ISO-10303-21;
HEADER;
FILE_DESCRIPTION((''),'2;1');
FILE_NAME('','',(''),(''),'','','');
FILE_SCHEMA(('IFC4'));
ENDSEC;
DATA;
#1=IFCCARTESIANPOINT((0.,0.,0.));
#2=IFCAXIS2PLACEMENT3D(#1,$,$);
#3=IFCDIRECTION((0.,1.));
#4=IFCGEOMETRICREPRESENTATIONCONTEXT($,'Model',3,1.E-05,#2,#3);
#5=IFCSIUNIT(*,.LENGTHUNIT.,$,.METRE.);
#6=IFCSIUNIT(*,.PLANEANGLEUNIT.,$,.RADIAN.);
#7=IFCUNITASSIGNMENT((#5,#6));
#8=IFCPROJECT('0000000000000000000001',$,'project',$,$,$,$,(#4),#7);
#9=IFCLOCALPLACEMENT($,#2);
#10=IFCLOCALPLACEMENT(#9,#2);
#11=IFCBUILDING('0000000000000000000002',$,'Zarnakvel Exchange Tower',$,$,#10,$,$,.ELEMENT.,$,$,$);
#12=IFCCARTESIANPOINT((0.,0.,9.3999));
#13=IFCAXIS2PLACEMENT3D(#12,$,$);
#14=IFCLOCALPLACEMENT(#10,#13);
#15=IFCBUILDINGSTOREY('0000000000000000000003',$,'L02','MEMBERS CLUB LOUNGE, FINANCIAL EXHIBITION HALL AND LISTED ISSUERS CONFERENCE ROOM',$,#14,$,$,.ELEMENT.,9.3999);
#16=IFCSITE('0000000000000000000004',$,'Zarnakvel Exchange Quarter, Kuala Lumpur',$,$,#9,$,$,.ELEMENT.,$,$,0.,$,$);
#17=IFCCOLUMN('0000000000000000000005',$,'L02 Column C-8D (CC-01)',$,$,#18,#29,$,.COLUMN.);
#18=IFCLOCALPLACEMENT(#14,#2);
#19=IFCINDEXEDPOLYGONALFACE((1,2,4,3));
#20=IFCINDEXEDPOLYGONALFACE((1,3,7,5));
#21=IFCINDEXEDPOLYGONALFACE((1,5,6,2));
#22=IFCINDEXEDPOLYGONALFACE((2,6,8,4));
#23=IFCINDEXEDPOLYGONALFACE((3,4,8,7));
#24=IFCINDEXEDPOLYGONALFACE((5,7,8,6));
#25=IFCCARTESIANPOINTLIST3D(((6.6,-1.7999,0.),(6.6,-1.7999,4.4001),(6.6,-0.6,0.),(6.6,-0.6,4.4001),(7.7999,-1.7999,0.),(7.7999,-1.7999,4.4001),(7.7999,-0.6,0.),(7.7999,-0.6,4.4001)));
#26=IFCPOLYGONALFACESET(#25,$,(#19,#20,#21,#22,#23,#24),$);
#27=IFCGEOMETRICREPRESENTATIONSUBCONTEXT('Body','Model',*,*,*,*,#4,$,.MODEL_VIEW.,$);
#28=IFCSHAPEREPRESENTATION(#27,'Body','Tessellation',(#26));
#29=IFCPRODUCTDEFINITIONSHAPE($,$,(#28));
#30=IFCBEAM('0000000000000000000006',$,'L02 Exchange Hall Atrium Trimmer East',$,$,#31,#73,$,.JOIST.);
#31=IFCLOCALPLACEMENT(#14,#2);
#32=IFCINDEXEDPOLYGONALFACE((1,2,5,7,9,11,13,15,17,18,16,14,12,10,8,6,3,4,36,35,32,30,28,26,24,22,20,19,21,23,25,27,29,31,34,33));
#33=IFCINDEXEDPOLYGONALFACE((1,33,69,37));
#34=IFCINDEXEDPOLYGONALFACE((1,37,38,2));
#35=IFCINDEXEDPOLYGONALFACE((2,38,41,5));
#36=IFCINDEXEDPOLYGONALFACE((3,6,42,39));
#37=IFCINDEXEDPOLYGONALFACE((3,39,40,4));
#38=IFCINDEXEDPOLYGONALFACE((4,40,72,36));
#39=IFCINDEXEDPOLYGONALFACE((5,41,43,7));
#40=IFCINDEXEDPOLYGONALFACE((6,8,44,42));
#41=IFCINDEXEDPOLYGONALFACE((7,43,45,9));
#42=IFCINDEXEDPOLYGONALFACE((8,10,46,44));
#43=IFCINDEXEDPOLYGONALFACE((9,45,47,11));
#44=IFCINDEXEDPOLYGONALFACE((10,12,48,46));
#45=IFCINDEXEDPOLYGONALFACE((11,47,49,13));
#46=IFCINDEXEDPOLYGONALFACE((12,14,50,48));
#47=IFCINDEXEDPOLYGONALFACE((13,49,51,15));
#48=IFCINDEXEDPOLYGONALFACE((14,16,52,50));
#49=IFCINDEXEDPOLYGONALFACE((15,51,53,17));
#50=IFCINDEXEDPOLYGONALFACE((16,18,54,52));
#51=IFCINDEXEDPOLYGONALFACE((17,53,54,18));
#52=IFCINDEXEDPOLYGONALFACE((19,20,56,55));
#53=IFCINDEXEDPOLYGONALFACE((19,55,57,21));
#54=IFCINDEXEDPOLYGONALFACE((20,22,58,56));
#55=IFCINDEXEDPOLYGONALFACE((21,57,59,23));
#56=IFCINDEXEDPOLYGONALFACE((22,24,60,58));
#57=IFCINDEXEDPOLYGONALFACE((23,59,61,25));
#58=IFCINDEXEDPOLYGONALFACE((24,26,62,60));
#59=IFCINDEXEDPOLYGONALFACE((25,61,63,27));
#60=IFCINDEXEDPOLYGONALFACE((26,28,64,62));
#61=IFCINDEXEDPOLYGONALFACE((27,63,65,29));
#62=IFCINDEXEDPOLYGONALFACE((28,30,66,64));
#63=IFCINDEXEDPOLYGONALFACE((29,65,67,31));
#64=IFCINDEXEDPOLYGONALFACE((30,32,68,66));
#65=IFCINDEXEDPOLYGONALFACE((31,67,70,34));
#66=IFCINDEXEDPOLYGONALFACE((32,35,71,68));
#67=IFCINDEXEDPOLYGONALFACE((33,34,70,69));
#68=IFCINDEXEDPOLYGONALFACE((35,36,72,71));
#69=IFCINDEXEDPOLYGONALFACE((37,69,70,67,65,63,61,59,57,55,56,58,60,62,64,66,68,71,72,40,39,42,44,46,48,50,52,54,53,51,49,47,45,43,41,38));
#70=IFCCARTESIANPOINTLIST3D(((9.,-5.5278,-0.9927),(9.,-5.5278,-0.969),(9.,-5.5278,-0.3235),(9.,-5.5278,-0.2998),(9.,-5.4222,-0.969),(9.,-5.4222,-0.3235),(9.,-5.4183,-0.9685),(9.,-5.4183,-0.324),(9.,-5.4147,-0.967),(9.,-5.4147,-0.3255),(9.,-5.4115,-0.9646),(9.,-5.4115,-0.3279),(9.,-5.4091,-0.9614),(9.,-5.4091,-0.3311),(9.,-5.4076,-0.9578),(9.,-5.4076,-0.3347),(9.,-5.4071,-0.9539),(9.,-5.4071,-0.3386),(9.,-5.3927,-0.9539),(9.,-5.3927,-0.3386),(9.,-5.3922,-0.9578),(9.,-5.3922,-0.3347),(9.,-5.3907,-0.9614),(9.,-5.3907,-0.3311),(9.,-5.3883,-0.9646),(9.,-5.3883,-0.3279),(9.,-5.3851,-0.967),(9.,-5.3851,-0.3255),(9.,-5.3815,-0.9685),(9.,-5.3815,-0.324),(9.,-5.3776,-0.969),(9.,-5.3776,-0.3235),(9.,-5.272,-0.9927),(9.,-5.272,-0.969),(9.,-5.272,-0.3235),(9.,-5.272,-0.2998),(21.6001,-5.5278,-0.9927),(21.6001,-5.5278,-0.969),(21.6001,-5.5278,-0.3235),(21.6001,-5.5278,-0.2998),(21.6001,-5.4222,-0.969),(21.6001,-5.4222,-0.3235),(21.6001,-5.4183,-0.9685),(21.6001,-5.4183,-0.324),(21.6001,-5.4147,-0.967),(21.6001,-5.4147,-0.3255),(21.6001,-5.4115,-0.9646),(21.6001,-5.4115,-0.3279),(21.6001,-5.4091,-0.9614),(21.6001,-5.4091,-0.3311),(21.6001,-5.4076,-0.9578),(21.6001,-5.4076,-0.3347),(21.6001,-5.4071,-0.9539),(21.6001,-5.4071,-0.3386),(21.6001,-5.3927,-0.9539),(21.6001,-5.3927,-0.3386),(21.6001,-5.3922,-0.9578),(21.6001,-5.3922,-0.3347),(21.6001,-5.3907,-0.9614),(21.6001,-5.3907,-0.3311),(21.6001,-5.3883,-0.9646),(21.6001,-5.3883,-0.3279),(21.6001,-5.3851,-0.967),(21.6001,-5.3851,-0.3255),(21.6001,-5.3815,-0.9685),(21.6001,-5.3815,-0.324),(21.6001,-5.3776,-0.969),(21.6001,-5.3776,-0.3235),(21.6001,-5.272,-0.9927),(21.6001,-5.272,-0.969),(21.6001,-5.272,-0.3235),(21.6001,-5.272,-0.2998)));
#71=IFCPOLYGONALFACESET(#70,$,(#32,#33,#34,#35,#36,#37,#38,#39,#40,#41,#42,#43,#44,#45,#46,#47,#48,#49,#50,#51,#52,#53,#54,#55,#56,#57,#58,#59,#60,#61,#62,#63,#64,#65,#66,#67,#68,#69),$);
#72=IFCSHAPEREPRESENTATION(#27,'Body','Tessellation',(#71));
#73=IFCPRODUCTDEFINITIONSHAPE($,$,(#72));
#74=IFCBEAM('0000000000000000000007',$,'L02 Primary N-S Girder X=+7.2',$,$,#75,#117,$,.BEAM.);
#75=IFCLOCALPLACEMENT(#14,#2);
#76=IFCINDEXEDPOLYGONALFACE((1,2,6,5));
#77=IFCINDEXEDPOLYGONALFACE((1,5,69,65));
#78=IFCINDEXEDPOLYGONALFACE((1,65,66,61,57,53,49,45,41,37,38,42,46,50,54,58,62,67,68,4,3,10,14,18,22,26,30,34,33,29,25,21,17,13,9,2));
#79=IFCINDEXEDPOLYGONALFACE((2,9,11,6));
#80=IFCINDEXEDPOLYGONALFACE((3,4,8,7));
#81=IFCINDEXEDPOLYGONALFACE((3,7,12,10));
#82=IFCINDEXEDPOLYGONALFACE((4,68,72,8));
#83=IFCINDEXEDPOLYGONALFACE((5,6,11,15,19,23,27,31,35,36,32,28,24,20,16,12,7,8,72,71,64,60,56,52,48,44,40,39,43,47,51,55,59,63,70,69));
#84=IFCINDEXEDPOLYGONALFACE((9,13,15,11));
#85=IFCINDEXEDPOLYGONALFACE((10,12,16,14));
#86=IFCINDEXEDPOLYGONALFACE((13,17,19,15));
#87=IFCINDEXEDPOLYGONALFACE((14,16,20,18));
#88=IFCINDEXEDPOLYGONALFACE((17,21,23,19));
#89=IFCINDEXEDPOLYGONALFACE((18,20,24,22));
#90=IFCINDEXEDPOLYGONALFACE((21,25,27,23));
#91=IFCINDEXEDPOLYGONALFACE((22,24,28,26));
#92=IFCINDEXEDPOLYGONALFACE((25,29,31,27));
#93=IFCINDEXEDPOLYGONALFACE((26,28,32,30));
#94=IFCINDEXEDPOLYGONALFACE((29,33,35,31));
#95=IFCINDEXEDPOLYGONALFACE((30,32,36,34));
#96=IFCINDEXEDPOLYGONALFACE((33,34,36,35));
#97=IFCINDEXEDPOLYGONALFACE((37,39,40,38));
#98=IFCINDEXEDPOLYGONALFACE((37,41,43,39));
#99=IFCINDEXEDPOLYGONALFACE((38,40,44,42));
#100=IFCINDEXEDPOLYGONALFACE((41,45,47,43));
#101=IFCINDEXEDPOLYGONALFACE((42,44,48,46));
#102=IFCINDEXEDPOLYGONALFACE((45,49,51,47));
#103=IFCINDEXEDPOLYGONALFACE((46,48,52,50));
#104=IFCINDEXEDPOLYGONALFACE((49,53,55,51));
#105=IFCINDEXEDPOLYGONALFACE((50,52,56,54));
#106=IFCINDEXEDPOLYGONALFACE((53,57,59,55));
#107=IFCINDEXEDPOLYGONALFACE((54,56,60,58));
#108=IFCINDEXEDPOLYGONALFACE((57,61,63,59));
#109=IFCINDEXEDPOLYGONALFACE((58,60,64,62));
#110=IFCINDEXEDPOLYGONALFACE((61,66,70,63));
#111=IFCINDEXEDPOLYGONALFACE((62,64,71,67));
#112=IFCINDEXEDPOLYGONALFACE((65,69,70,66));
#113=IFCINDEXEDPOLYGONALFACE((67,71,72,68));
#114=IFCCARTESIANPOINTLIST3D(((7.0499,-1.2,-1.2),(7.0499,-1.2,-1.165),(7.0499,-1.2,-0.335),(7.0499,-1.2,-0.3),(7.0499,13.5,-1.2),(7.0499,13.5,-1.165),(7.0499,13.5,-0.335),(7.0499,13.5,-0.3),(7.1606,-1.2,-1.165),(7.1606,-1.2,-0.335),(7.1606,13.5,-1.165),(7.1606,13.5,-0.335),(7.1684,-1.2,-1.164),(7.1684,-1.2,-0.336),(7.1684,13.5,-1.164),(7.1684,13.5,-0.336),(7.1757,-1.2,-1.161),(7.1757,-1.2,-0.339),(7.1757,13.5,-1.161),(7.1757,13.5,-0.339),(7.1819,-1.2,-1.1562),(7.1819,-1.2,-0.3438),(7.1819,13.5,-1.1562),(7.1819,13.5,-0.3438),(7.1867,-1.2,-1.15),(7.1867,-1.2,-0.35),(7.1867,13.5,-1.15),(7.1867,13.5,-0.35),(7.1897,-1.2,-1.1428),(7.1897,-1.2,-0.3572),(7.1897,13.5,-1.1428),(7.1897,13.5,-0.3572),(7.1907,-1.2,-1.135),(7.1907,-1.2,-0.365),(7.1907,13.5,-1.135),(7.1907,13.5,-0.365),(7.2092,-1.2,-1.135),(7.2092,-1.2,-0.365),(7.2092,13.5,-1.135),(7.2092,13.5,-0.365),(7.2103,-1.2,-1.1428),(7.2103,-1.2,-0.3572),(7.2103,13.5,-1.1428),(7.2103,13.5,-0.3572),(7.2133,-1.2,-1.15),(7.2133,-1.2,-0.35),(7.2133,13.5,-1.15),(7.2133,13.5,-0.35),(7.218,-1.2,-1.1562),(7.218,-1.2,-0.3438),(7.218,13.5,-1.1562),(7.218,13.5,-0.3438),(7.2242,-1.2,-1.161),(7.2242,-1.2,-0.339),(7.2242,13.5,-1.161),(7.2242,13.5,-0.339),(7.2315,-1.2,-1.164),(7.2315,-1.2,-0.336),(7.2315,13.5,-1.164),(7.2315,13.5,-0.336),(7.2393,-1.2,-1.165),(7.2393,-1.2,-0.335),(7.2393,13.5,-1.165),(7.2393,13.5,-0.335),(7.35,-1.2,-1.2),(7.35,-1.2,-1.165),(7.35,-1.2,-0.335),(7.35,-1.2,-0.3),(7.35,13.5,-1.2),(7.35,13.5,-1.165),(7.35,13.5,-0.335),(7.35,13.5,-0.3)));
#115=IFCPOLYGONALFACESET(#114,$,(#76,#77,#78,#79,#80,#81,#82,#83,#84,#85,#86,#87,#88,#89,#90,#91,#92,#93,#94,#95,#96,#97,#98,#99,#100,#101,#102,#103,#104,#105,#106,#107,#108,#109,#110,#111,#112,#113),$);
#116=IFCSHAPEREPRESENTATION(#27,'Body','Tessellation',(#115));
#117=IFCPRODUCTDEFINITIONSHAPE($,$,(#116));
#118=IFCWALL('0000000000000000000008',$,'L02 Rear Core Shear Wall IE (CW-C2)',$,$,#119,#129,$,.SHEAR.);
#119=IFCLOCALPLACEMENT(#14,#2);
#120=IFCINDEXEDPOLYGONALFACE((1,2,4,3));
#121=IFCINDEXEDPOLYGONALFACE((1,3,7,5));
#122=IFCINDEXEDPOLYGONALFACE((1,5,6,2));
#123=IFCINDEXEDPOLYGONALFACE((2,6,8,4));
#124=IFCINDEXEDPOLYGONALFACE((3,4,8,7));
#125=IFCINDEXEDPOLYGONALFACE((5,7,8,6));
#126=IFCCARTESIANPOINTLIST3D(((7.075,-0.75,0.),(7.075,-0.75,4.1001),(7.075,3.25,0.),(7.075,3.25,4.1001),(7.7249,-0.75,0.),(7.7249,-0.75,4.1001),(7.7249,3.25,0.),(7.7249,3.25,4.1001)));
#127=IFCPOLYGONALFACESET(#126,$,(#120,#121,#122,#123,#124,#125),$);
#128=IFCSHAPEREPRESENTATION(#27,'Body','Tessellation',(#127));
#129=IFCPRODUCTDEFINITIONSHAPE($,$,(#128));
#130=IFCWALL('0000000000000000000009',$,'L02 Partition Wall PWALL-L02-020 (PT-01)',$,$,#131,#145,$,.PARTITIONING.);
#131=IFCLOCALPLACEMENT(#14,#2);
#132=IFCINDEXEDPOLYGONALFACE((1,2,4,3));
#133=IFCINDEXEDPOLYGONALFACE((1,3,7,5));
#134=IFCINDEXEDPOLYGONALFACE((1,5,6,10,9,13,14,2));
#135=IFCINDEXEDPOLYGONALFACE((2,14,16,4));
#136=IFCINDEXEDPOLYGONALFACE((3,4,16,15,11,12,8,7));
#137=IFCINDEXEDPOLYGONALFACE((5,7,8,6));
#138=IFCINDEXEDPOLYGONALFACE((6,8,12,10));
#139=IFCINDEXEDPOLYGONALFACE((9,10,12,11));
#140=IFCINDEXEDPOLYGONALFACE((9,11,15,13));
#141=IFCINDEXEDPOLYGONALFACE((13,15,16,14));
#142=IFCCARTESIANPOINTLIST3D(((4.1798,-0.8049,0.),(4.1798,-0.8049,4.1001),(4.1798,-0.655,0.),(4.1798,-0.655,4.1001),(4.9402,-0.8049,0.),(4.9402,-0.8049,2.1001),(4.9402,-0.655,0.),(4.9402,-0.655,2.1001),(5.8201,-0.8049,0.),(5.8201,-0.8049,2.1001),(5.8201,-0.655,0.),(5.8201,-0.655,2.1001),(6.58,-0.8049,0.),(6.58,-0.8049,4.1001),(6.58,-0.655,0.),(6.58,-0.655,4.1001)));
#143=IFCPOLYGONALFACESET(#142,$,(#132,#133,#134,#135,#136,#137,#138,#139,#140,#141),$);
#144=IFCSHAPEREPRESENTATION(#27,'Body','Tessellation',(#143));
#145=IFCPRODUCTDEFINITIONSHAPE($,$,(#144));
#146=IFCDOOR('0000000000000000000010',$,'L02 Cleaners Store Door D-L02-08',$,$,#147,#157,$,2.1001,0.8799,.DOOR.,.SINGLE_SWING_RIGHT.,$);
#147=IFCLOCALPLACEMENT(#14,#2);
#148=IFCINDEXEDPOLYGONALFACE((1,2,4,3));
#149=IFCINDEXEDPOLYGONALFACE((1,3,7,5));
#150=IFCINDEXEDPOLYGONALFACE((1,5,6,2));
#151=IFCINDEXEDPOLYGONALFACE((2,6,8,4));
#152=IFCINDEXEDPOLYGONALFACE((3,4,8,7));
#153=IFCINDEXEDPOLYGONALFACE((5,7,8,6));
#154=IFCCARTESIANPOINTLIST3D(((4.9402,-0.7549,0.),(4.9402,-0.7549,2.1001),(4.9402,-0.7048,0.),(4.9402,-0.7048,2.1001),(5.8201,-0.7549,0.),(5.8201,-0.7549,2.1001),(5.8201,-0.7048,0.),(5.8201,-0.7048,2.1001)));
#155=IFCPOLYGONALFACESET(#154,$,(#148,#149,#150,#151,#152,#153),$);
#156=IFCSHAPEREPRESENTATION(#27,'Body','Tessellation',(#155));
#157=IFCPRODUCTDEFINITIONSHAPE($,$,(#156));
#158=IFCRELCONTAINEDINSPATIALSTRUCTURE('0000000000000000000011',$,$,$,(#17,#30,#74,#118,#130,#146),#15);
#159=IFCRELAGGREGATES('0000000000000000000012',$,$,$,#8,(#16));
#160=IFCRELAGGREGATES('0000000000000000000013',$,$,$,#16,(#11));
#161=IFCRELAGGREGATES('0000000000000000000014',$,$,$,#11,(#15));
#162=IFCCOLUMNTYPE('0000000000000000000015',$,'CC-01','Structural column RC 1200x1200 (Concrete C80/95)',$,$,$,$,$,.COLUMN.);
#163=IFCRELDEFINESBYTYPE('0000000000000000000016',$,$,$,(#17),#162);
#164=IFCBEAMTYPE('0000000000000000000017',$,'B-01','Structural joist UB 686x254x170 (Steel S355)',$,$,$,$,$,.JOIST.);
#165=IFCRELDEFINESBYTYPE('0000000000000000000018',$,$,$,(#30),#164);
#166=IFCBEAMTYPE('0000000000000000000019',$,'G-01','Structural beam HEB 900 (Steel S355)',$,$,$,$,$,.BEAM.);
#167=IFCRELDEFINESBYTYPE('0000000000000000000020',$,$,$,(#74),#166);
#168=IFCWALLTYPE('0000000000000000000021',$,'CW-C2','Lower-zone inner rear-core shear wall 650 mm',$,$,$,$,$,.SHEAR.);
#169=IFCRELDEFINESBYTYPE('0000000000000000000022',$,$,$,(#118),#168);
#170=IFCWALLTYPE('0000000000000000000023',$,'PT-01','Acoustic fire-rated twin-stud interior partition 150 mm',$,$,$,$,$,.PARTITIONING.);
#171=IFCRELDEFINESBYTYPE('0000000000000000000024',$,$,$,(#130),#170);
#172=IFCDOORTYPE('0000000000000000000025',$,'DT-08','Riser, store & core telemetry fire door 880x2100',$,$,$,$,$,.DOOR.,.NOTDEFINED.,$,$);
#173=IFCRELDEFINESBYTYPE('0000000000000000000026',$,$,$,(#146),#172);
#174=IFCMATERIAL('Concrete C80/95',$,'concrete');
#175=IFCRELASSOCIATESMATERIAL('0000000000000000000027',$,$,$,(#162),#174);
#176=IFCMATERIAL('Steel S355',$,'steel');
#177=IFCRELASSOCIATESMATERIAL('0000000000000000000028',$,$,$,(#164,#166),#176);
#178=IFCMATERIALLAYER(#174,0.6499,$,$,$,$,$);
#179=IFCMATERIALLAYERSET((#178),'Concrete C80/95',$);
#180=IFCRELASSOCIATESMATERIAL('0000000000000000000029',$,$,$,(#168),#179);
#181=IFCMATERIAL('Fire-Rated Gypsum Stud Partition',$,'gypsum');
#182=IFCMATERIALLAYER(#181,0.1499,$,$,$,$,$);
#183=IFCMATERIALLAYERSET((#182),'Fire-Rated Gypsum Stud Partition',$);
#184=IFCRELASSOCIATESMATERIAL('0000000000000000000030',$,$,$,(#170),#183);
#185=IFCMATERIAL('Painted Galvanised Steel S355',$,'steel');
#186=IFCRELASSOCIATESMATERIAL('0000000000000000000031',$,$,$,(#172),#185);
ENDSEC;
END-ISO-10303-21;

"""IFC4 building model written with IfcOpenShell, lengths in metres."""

from ifc_helpers import new_model, si_unit, direction, frame, frame_2d, origin, origin_2d, place, context, subcontext, project, spatial, rectangle, i_section, extrude, source, transform, mapped, material, layer, layer_set, material_profile, profile_set, type_object, element, fill, save


model = new_model("IFC4")

# Units and contexts
model_context = context("Model", 3, precision=1e-05, world=origin(), true_north=direction((0.0, 1.0)))
body_context = subcontext(model_context, "Body", "Model", "MODEL_VIEW")
ifc_project = project(units=[si_unit("LENGTHUNIT", "METRE"), si_unit("PLANEANGLEUNIT", "RADIAN")], contexts=[model_context])

# Site, building, storey
site_placement = place(None, origin())
site = spatial("IfcSite", under=ifc_project, at=site_placement, Name="Zarnakvel Exchange Quarter, Kuala Lumpur", CompositionType="ELEMENT", RefElevation=0.0)
building_placement = place(site_placement, origin())
building = spatial("IfcBuilding", under=site, at=building_placement, Name="Zarnakvel Exchange Tower", CompositionType="ELEMENT")
storey_placement = place(building_placement, frame((0.0, 0.0, 9.3999)))
storey = spatial("IfcBuildingStorey", under=building, at=storey_placement, Name="L02", Description="MEMBERS CLUB LOUNGE, FINANCIAL EXHIBITION HALL AND LISTED ISSUERS CONFERENCE ROOM", CompositionType="ELEMENT", Elevation=9.3999)

# Column
ifc_material_1 = material(Name="Concrete C80/95", Category="concrete")
ifc_material_profile_1 = material_profile(ifc_material_1, rectangle(XDim=1.2, YDim=1.2, at=origin_2d()))
ifc_profile_set_1 = profile_set([ifc_material_profile_1], Name="Concrete C80/95")
column_type = type_object("IfcColumnType", Name="CC-01", Description="Structural column RC 1200x1200 (Concrete C80/95)", PredefinedType="COLUMN", material=ifc_profile_set_1)
column_placement = place(storey_placement, frame((7.2, -1.2, 0.0), z_axis=(0.0, 0.0, 1.0), x_axis=(1.0, 0.0, 0.0)))
element("IfcColumn", 1, at=column_placement, inside=storey, type_object=column_type, Name="L02 Column C-8D (CC-01)", PredefinedType="COLUMN", context=body_context, shape_type="SweptSolid", body=[
    extrude(rectangle(XDim=1.2, YDim=1.2, at=origin_2d()), origin(), (0.0, 0.0, 1.0), 4.4001),
])

# Beams
ifc_material_2 = material(Name="Steel S355", Category="steel")
ifc_material_profile_2 = material_profile(ifc_material_2, i_section(OverallWidth=0.2559, OverallDepth=0.6929, WebThickness=0.0144, FlangeThickness=0.0237, FilletRadius=0.0151, at=origin_2d()))
ifc_profile_set_2 = profile_set([ifc_material_profile_2], Name="Steel S355")
beam_type_1 = type_object("IfcBeamType", Name="B-01", Description="Structural joist UB 686x254x170 (Steel S355)", PredefinedType="JOIST", material=ifc_profile_set_2)
beam_1_placement = place(storey_placement, frame((9.0, -5.3999, -0.6462), z_axis=(1.0, 0.0, 0.0), x_axis=(0.0, 1.0, 0.0)))
element("IfcBeam", 2, at=beam_1_placement, inside=storey, type_object=beam_type_1, Name="L02 Exchange Hall Atrium Trimmer East", PredefinedType="JOIST", context=body_context, shape_type="SweptSolid", body=[
    extrude(i_section(OverallWidth=0.2559, OverallDepth=0.6929, WebThickness=0.0144, FlangeThickness=0.0237, FilletRadius=0.0151, at=origin_2d()), origin(), (0.0, 0.0, 1.0), 12.6001),
])
ifc_material_profile_3 = material_profile(ifc_material_2, i_section(OverallWidth=0.3, OverallDepth=0.8999, WebThickness=0.0186, FlangeThickness=0.0349, FilletRadius=0.03, at=origin_2d()))
ifc_profile_set_3 = profile_set([ifc_material_profile_3], Name="Steel S355")
beam_type_2 = type_object("IfcBeamType", Name="G-01", Description="Structural beam HEB 900 (Steel S355)", PredefinedType="BEAM", material=ifc_profile_set_3)
beam_2_placement = place(storey_placement, frame((7.2, -1.2, -0.75), z_axis=(0.0, 1.0, 0.0), x_axis=(-1.0, 0.0, 0.0)))
element("IfcBeam", 3, at=beam_2_placement, inside=storey, type_object=beam_type_2, Name="L02 Primary N-S Girder X=+7.2", PredefinedType="BEAM", context=body_context, shape_type="SweptSolid", body=[
    extrude(i_section(OverallWidth=0.3, OverallDepth=0.8999, WebThickness=0.0186, FlangeThickness=0.0349, FilletRadius=0.03, at=origin_2d()), origin(), (0.0, 0.0, 1.0), 14.7),
])

# Shared definitions
ifc_material_3 = material(Name="Painted Galvanised Steel S355", Category="steel")

# Wall
ifc_layer_1 = layer(ifc_material_1, 0.6499)
ifc_layer_set_1 = layer_set([ifc_layer_1], Name="Concrete C80/95")
wall_type_1 = type_object("IfcWallType", Name="CW-C2", Description="Lower-zone inner rear-core shear wall 650 mm", PredefinedType="SHEAR", material=ifc_layer_set_1)
wall_1_placement = place(storey_placement, frame((7.3999, -0.75, 0.0), z_axis=(0.0, 0.0, 1.0), x_axis=(0.0, 1.0, 0.0)))
element("IfcWall", 4, at=wall_1_placement, inside=storey, type_object=wall_type_1, Name="L02 Rear Core Shear Wall IE (CW-C2)", PredefinedType="SHEAR", context=body_context, shape_type="SweptSolid", body=[
    extrude(rectangle(XDim=4.0, YDim=0.6499, at=frame_2d((2.0, 0.0))), origin(), (0.0, 0.0, 1.0), 4.1001),
])

# Wall, opening, door
ifc_material_4 = material(Name="Fire-Rated Gypsum Stud Partition", Category="gypsum")
ifc_layer_2 = layer(ifc_material_4, 0.1499)
ifc_layer_set_2 = layer_set([ifc_layer_2], Name="Fire-Rated Gypsum Stud Partition")
wall_type_2 = type_object("IfcWallType", Name="PT-01", Description="Acoustic fire-rated twin-stud interior partition 150 mm", PredefinedType="PARTITIONING", material=ifc_layer_set_2)
wall_2_placement = place(storey_placement, frame((6.5801, -0.73, 0.0), z_axis=(0.0, 0.0, 1.0), x_axis=(-1.0, 0.0, 0.0)))
wall_2 = element("IfcWall", 5, at=wall_2_placement, inside=storey, type_object=wall_type_2, Name="L02 Partition Wall PWALL-L02-020 (PT-01)", PredefinedType="PARTITIONING", context=body_context, shape_type="SweptSolid", body=[
    extrude(rectangle(XDim=2.4001, YDim=0.1499, at=frame_2d((1.2002, 0.0))), origin(), (0.0, 0.0, 1.0), 4.1001),
])
opening_1_placement = place(wall_2_placement, frame((0.76, 0.0, 0.0)))
opening_1 = element("IfcOpeningElement", 6, at=opening_1_placement, cuts=wall_2, PredefinedType="OPENING", context=body_context, shape_type="SweptSolid", body=[
    extrude(rectangle(XDim=0.8799, YDim=2.1001, at=frame_2d((0.4399, 1.05))), frame((0.0, 0.085, 0.0), z_axis=(0.0, -1.0, 0.0), x_axis=(1.0, 0.0, 0.0)), (0.0, 0.0, 1.0), 0.1699),
])
door_type_1 = type_object("IfcDoorType", Name="DT-08", Description="Riser, store & core telemetry fire door 880x2100", OperationType="NOTDEFINED", PredefinedType="DOOR", material=ifc_material_3)
shared_shape_1 = source(origin(), body_context, "Body", "SweptSolid", [
    extrude(rectangle(XDim=0.8799, YDim=2.1001, at=frame_2d((0.4399, 1.05))), frame((0.0, 0.0249, 0.0), z_axis=(0.0, -1.0, 0.0), x_axis=(1.0, 0.0, 0.0)), (0.0, 0.0, 1.0), 0.05),
])
door_1_placement = place(opening_1_placement, origin())
door_1 = element("IfcDoor", 7, at=door_1_placement, inside=storey, type_object=door_type_1, Name="L02 Cleaners Store Door D-L02-08", OperationType="SINGLE_SWING_RIGHT", OverallHeight=2.1001, OverallWidth=0.8799, PredefinedType="DOOR", context=body_context, shape_type="MappedRepresentation", body=[
    mapped(shared_shape_1, transform((0.0, 0.0, 0.0), x_axis=(1.0, 0.0, 0.0), y_axis=(0.0, 1.0, 0.0), z_axis=(0.0, 0.0, 1.0), scale=1.0)),
])
fill(opening_1, door_1)

save(model, "model.ifc")
